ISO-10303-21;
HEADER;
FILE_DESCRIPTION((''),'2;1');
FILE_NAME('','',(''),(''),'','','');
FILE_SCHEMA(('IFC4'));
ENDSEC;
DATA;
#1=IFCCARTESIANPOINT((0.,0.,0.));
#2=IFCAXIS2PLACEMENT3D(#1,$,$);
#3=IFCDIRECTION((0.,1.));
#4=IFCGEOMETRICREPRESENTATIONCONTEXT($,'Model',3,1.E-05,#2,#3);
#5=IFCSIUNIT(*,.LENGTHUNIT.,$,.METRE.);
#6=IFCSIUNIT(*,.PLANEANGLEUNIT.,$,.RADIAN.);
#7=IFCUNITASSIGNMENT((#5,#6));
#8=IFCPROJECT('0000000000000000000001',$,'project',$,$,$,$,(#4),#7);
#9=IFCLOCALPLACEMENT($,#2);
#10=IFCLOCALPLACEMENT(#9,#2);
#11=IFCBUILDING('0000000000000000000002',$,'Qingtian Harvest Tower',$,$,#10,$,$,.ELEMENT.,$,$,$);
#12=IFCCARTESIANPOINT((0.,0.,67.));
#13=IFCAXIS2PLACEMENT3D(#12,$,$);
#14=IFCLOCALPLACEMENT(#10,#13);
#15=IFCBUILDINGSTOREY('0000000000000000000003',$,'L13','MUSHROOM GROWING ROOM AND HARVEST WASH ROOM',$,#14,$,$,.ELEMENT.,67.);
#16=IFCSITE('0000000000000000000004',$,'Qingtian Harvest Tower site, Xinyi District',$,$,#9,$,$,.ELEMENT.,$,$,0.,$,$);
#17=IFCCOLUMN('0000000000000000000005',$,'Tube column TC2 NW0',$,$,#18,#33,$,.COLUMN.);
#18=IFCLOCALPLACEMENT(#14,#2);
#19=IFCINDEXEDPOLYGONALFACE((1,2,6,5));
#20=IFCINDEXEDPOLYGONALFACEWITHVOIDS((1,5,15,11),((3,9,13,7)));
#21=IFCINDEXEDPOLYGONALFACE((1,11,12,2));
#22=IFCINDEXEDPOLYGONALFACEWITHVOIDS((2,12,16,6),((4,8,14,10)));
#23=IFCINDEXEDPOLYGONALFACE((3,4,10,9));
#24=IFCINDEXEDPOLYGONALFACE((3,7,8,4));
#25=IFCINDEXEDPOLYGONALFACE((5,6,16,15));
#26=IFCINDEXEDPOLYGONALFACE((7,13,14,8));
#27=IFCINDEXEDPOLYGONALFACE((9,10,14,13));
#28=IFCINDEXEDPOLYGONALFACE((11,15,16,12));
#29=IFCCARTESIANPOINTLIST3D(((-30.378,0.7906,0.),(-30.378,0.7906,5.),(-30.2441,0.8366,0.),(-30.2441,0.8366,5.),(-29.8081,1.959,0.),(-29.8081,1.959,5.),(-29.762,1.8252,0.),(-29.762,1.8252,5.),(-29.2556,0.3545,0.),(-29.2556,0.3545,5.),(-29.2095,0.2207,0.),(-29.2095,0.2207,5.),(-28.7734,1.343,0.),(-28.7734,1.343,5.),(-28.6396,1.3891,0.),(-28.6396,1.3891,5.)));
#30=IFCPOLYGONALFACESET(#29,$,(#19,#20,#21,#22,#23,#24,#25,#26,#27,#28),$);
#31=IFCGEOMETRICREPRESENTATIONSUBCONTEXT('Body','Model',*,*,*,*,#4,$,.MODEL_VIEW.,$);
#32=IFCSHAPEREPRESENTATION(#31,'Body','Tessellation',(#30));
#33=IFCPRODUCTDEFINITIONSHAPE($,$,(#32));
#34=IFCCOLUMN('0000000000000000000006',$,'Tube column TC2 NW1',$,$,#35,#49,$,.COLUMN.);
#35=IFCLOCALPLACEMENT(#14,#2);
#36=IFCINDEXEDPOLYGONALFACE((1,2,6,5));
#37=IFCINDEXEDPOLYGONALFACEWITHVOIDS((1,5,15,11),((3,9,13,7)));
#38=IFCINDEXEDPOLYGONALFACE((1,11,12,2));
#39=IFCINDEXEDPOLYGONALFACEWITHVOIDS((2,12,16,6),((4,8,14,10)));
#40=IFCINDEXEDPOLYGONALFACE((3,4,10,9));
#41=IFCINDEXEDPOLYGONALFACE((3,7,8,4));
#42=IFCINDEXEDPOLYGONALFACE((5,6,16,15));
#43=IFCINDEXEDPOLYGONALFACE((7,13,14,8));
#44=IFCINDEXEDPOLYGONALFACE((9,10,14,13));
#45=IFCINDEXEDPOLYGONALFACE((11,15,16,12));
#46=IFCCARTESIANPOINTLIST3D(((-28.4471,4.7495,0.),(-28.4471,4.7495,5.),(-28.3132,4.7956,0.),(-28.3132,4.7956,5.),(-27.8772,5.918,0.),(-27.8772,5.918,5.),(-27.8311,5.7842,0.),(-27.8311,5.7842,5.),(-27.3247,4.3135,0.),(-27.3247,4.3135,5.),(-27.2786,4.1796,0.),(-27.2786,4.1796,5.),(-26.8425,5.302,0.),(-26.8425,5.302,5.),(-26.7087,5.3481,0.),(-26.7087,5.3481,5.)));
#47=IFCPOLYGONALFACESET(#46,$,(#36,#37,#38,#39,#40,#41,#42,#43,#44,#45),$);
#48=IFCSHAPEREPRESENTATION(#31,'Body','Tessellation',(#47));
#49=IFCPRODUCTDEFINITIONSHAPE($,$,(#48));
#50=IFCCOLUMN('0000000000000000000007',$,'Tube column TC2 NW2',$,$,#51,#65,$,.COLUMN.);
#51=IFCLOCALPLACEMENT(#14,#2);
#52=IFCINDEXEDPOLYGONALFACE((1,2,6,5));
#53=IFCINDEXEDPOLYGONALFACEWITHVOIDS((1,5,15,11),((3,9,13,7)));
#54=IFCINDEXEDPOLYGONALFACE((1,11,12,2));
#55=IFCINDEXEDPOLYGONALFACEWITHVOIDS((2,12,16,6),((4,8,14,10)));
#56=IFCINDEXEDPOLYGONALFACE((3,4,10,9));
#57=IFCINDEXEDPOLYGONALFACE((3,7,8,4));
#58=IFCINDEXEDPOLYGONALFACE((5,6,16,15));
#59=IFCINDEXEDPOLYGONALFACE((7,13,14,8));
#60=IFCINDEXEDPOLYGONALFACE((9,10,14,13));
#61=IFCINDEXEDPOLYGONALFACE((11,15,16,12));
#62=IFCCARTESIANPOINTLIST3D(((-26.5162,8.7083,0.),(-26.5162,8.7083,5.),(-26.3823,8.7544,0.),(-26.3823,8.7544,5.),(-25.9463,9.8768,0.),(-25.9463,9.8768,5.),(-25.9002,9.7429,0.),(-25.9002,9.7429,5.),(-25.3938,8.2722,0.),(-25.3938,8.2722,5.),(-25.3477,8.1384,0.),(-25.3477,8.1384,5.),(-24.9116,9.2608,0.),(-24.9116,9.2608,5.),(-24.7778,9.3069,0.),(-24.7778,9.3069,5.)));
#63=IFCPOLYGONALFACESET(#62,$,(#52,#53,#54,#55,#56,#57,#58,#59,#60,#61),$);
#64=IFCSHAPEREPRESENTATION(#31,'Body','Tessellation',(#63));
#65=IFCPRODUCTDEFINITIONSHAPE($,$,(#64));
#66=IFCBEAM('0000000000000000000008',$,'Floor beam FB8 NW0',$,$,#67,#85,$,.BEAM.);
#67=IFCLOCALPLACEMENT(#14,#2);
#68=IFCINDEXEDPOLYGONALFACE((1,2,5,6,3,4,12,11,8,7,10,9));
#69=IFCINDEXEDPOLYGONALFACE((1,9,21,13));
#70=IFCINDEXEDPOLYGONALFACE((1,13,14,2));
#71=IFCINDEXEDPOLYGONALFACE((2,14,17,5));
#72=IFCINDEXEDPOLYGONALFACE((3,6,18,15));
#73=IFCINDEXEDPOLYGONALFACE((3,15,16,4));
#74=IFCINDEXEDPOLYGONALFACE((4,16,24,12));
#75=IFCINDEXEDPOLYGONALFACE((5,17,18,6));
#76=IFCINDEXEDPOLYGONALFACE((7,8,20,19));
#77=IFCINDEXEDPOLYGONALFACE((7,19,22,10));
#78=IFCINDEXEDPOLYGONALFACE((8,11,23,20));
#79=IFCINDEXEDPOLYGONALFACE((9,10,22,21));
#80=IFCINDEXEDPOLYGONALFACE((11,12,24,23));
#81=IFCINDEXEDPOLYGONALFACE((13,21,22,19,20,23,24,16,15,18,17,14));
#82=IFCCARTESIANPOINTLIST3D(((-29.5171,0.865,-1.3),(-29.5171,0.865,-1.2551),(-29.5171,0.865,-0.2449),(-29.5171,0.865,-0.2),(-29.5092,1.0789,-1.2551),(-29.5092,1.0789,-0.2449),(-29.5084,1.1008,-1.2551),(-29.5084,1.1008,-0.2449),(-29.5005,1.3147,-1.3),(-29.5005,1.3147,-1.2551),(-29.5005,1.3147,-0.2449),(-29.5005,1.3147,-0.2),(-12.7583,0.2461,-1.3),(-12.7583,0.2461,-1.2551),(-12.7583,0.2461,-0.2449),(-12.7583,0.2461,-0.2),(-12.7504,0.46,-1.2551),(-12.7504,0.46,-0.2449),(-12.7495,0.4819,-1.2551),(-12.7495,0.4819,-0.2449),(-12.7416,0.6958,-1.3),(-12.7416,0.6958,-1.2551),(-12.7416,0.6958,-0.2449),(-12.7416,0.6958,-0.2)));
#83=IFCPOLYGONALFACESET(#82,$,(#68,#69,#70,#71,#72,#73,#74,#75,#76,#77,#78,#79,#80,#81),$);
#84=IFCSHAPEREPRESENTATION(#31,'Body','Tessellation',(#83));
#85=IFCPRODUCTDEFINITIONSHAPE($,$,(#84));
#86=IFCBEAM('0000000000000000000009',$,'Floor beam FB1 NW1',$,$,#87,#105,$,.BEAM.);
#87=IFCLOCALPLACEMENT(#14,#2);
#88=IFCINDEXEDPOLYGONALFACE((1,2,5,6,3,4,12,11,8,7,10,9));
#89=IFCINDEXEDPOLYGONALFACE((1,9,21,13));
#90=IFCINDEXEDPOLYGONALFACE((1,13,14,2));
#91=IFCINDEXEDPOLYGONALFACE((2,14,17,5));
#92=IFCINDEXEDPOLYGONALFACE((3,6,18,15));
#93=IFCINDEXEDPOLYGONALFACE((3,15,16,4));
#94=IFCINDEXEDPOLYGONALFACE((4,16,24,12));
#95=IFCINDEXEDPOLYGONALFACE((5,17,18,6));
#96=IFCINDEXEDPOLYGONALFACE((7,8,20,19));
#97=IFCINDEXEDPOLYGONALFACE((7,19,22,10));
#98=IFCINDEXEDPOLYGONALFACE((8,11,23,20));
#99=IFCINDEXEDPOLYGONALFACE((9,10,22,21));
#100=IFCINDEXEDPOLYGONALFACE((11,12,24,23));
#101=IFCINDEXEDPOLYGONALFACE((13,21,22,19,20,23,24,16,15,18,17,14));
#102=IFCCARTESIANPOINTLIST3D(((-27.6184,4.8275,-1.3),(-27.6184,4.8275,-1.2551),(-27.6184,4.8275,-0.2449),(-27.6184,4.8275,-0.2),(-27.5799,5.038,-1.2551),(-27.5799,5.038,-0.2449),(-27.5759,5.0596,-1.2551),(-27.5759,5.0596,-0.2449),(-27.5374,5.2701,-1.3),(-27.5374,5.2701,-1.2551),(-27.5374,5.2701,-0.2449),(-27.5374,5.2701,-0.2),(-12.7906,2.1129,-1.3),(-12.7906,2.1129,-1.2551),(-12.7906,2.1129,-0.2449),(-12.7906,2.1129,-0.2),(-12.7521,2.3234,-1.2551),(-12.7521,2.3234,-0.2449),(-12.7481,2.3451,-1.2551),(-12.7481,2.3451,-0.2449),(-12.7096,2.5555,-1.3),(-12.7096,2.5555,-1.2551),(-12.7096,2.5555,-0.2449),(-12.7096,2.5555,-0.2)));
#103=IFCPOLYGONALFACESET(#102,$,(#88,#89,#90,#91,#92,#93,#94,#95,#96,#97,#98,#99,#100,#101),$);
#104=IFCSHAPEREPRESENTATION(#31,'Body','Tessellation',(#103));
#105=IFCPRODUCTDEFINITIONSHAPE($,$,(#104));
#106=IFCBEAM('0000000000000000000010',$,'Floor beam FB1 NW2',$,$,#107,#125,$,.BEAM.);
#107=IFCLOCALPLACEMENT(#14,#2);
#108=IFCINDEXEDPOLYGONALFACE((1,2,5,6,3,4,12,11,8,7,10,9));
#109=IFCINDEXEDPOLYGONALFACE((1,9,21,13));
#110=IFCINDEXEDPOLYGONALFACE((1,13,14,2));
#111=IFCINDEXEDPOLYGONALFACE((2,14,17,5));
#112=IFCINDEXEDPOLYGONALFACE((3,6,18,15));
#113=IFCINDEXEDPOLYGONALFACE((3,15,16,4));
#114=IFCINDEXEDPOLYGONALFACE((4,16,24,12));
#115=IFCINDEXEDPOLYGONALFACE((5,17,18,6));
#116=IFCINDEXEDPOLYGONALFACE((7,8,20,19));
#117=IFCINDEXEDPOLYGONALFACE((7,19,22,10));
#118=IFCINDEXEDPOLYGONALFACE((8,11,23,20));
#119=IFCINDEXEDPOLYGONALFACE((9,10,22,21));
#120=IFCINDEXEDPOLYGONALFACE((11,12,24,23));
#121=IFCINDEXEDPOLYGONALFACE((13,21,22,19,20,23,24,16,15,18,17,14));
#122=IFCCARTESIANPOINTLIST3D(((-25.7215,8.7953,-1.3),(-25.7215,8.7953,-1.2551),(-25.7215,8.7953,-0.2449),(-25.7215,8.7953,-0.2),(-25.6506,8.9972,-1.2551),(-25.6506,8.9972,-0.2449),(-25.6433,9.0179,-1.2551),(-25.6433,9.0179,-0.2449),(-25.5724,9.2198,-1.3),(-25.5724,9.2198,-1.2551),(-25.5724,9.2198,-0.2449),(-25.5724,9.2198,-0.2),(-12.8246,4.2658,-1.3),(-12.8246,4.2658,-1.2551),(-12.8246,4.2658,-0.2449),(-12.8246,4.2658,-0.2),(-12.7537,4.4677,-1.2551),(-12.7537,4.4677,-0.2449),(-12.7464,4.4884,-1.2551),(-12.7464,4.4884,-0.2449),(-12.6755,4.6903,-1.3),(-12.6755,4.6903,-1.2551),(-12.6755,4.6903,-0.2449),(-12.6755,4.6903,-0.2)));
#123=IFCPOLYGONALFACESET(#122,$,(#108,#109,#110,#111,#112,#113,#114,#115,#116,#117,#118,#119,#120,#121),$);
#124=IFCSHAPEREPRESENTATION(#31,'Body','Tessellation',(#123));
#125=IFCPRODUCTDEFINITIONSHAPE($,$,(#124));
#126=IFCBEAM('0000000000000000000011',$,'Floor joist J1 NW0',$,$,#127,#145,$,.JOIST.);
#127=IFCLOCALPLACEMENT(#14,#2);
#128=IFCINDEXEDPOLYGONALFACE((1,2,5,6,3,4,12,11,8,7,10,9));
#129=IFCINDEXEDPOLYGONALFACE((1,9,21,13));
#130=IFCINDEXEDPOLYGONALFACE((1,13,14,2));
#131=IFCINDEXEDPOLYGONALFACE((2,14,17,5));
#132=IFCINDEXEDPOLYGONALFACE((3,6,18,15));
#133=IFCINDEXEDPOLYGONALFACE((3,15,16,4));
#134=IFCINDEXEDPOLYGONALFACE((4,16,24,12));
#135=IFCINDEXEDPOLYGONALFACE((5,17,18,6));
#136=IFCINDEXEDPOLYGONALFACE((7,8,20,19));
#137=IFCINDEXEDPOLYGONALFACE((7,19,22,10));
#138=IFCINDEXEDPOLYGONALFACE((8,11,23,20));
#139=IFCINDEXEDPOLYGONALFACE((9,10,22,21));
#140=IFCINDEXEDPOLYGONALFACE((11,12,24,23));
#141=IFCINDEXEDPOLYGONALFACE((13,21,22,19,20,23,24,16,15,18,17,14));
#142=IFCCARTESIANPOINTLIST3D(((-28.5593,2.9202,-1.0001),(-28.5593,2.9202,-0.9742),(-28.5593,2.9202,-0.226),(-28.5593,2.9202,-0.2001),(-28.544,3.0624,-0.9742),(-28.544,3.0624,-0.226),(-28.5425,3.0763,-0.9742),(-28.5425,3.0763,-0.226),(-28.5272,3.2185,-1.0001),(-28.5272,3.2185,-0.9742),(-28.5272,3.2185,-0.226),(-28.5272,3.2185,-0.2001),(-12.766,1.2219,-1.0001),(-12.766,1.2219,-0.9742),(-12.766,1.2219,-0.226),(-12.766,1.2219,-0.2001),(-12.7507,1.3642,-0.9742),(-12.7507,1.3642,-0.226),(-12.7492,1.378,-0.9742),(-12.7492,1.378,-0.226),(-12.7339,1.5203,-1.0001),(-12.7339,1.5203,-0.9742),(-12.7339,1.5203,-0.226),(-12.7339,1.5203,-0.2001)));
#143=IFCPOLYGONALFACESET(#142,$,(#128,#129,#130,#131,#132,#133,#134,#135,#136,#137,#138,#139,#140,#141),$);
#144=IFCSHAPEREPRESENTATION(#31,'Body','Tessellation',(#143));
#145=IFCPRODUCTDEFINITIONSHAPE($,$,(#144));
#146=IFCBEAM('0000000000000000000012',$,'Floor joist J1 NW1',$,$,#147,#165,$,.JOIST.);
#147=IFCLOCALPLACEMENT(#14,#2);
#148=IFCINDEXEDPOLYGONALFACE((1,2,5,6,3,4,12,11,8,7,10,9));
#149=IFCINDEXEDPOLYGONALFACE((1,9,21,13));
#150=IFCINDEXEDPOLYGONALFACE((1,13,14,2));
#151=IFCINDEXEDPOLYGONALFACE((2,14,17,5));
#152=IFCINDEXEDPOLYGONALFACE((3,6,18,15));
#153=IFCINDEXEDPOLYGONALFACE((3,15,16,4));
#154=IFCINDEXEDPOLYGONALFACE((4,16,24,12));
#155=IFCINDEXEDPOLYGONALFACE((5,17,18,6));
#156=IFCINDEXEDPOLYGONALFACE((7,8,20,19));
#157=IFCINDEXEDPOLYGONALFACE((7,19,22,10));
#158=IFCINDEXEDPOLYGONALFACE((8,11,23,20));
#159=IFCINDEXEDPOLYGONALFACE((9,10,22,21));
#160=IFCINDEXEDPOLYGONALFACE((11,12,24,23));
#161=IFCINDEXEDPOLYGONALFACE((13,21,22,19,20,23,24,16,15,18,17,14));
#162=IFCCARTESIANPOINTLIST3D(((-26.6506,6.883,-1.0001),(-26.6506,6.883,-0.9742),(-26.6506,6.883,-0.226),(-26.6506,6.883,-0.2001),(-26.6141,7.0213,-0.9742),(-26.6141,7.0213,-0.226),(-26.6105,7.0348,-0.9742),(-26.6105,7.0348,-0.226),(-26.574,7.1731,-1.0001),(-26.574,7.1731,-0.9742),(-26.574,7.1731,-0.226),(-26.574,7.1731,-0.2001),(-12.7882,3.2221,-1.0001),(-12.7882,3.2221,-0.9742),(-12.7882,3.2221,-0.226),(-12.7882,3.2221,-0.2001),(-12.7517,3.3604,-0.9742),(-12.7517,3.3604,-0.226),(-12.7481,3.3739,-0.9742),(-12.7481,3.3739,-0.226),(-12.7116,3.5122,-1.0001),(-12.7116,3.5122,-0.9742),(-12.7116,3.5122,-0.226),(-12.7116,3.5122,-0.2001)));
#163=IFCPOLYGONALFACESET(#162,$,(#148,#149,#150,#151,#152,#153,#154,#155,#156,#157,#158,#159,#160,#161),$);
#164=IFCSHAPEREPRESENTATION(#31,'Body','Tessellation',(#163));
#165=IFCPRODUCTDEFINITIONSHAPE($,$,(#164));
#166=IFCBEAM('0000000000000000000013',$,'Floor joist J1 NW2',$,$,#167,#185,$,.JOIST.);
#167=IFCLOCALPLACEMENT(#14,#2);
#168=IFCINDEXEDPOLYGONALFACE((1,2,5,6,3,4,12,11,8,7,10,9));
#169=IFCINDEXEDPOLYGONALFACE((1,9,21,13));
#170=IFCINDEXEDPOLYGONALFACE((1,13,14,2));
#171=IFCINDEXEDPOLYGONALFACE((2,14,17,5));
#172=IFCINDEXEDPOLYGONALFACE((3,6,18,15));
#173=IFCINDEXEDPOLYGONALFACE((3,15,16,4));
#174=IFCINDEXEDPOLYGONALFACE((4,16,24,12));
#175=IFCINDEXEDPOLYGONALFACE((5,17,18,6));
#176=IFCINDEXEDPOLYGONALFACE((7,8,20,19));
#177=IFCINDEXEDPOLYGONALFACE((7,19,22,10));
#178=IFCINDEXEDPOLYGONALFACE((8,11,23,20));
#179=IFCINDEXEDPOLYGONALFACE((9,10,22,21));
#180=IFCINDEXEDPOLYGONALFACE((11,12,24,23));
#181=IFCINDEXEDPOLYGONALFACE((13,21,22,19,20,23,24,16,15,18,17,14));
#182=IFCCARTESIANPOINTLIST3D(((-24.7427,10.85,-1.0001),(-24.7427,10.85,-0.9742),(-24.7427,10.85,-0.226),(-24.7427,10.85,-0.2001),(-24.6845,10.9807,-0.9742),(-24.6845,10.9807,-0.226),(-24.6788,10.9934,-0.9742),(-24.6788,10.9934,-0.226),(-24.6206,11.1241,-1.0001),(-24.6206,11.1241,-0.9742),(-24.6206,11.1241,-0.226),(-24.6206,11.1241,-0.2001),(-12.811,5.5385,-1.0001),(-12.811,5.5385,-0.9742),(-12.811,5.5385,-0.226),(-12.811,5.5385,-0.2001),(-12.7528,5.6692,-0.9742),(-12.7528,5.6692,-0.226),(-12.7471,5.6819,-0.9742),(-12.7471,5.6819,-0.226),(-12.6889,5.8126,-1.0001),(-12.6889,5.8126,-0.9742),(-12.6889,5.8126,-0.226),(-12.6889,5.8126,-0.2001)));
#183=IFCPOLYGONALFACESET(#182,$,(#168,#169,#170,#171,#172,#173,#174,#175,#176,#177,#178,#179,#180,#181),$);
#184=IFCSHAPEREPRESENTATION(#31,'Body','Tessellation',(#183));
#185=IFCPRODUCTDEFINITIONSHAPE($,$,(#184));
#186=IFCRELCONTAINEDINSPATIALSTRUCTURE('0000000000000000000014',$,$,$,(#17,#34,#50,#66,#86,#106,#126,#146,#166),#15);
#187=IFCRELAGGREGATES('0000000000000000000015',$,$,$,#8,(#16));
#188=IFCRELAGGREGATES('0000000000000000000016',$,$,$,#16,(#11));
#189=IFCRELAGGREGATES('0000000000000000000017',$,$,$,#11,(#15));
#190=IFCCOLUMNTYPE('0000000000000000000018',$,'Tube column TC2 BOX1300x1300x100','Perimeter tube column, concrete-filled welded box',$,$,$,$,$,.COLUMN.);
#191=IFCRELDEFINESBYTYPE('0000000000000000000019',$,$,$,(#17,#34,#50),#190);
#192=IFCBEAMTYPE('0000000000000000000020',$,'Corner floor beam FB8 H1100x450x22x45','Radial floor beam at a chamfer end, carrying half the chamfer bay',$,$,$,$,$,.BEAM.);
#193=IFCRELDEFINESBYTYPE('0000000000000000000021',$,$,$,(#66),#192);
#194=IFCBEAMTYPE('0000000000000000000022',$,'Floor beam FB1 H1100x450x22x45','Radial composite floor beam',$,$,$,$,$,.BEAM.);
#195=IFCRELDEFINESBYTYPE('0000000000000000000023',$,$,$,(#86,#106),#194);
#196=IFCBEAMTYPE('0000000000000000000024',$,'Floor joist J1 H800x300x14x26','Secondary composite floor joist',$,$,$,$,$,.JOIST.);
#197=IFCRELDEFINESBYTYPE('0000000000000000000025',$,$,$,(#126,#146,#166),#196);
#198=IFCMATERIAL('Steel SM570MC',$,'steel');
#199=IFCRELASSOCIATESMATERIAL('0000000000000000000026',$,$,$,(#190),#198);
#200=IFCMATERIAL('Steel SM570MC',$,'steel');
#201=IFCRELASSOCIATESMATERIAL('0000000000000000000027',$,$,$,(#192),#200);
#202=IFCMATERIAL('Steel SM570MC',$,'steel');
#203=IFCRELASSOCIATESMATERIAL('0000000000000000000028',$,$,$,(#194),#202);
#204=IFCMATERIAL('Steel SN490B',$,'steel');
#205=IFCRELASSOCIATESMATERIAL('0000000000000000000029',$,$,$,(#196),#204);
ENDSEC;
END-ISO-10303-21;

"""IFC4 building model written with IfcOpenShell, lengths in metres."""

from ifc_helpers import new_model, si_unit, direction, frame, origin, origin_2d, place, context, subcontext, project, spatial, hollow_rectangle, i_section, extrude, material, material_profile, profile_set, type_object, element, save


model = new_model("IFC4")

# Units and contexts
model_context = context("Model", 3, precision=1e-05, world=origin(), true_north=direction((0.0, 1.0)))
body_context = subcontext(model_context, "Body", "Model", "MODEL_VIEW")
ifc_project = project(units=[si_unit("LENGTHUNIT", "METRE"), si_unit("PLANEANGLEUNIT", "RADIAN")], contexts=[model_context])

# Site, building, storey
site_placement = place(None, origin())
site = spatial("IfcSite", under=ifc_project, at=site_placement, Name="Qingtian Harvest Tower site, Xinyi District", CompositionType="ELEMENT", RefElevation=0.0)
building_placement = place(site_placement, origin())
building = spatial("IfcBuilding", under=site, at=building_placement, Name="Qingtian Harvest Tower", CompositionType="ELEMENT")
storey_placement = place(building_placement, frame((0.0, 0.0, 67.0)))
storey = spatial("IfcBuildingStorey", under=building, at=storey_placement, Name="L13", Description="MUSHROOM GROWING ROOM AND HARVEST WASH ROOM", CompositionType="ELEMENT", Elevation=67.0)

# Columns
ifc_material_1 = material(Name="Steel SM570MC", Category="steel")
ifc_material_profile_1 = material_profile(ifc_material_1, hollow_rectangle(XDim=1.3, YDim=1.3, WallThickness=0.1001, at=origin_2d()), Name="BOX1300x1300x100")
ifc_profile_set_1 = profile_set([ifc_material_profile_1], Name="Steel SM570MC")
column_type = type_object("IfcColumnType", Name="Tube column TC2 BOX1300x1300x100", Description="Perimeter tube column, concrete-filled welded box", PredefinedType="COLUMN", material=ifc_profile_set_1)
for number, where, z_axis, x_axis, name in (
    (1, (-29.5088, 1.0898, 0.0), (0.0, 0.0, 1.0), (-0.438371, -0.898794, 0.0), "Tube column TC2 NW0"),
    (2, (-27.5779, 5.0488, 0.0), (0.0, 0.0, 1.0), (-0.438371, -0.898794, 0.0), "Tube column TC2 NW1"),
    (3, (-25.647, 9.0076, 0.0), (0.0, 0.0, 1.0), (-0.438371, -0.898794, 0.0), "Tube column TC2 NW2"),
):
    element("IfcColumn", number, at=place(storey_placement, frame(where, z_axis=z_axis, x_axis=x_axis)), inside=storey, type_object=column_type, Name=name, PredefinedType="COLUMN", context=body_context, shape_type="SweptSolid", body=[
        extrude(hollow_rectangle(XDim=1.3, YDim=1.3, WallThickness=0.1001, at=origin_2d()), origin(), (0.0, 0.0, 1.0), 5.0),
    ])

# Beams
ifc_material_2 = material(Name="Steel SM570MC", Category="steel")
ifc_material_profile_2 = material_profile(ifc_material_2, i_section(OverallWidth=0.45, OverallDepth=1.1001, WebThickness=0.022, FlangeThickness=0.0449, at=origin_2d()), Name="H1100x450x22x45")
ifc_profile_set_2 = profile_set([ifc_material_profile_2], Name="Steel SM570MC")
beam_type_1 = type_object("IfcBeamType", Name="Corner floor beam FB8 H1100x450x22x45", Description="Radial floor beam at a chamfer end, carrying half the chamfer bay", PredefinedType="BEAM", material=ifc_profile_set_2)
beam_1_placement = place(storey_placement, frame((-29.5088, 1.0898, -0.75), z_axis=(0.999319, -0.036905, 0.0), x_axis=(0.036905, 0.999319, 0.0)))
element("IfcBeam", 4, at=beam_1_placement, inside=storey, type_object=beam_type_1, Name="Floor beam FB8 NW0", PredefinedType="BEAM", context=body_context, shape_type="SweptSolid", body=[
    extrude(i_section(OverallWidth=0.45, OverallDepth=1.1001, WebThickness=0.022, FlangeThickness=0.0449, at=origin_2d()), origin(), (0.0, 0.0, 1.0), 16.7703),
])
ifc_material_3 = material(Name="Steel SM570MC", Category="steel")
ifc_material_profile_3 = material_profile(ifc_material_3, i_section(OverallWidth=0.45, OverallDepth=1.1001, WebThickness=0.022, FlangeThickness=0.0449, at=origin_2d()), Name="H1100x450x22x45")
ifc_profile_set_3 = profile_set([ifc_material_profile_3], Name="Steel SM570MC")
beam_type_2 = type_object("IfcBeamType", Name="Floor beam FB1 H1100x450x22x45", Description="Radial composite floor beam", PredefinedType="BEAM", material=ifc_profile_set_3)
beam_2_placement = place(storey_placement, frame((-27.5779, 5.0488, -0.75), z_axis=(0.983652, -0.180081, 0.0), x_axis=(0.180081, 0.983652, 0.0)))
element("IfcBeam", 5, at=beam_2_placement, inside=storey, type_object=beam_type_2, Name="Floor beam FB1 NW1", PredefinedType="BEAM", context=body_context, shape_type="SweptSolid", body=[
    extrude(i_section(OverallWidth=0.45, OverallDepth=1.1001, WebThickness=0.022, FlangeThickness=0.0449, at=origin_2d()), origin(), (0.0, 0.0, 1.0), 15.0742),
])
beam_3_placement = place(storey_placement, frame((-25.647, 9.0076, -0.75), z_axis=(0.943502, -0.331367, 0.0), x_axis=(0.331367, 0.943502, 0.0)))
element("IfcBeam", 6, at=beam_3_placement, inside=storey, type_object=beam_type_2, Name="Floor beam FB1 NW2", PredefinedType="BEAM", context=body_context, shape_type="SweptSolid", body=[
    extrude(i_section(OverallWidth=0.45, OverallDepth=1.1001, WebThickness=0.022, FlangeThickness=0.0449, at=origin_2d()), origin(), (0.0, 0.0, 1.0), 13.6692),
])
ifc_material_4 = material(Name="Steel SN490B", Category="steel")
ifc_material_profile_4 = material_profile(ifc_material_4, i_section(OverallWidth=0.3, OverallDepth=0.8, WebThickness=0.0139, FlangeThickness=0.0259, at=origin_2d()), Name="H800x300x14x26")
ifc_profile_set_4 = profile_set([ifc_material_profile_4], Name="Steel SN490B")
beam_type_3 = type_object("IfcBeamType", Name="Floor joist J1 H800x300x14x26", Description="Secondary composite floor joist", PredefinedType="JOIST", material=ifc_profile_set_4)
beam_4_placement = place(storey_placement, frame((-28.5432, 3.0693, -0.6001), z_axis=(0.994268, -0.106914, 0.0), x_axis=(0.106914, 0.994268, 0.0)))
element("IfcBeam", 7, at=beam_4_placement, inside=storey, type_object=beam_type_3, Name="Floor joist J1 NW0", PredefinedType="JOIST", context=body_context, shape_type="SweptSolid", body=[
    extrude(i_section(OverallWidth=0.3, OverallDepth=0.8, WebThickness=0.0139, FlangeThickness=0.0259, at=origin_2d()), origin(), (0.0, 0.0, 1.0), 15.8843),
])
beam_5_placement = place(storey_placement, frame((-26.6123, 7.0281, -0.6001), z_axis=(0.966852, -0.255336, 0.0), x_axis=(0.255336, 0.966852, 0.0)))
element("IfcBeam", 8, at=beam_5_placement, inside=storey, type_object=beam_type_3, Name="Floor joist J1 NW1", PredefinedType="JOIST", context=body_context, shape_type="SweptSolid", body=[
    extrude(i_section(OverallWidth=0.3, OverallDepth=0.8, WebThickness=0.0139, FlangeThickness=0.0259, at=origin_2d()), origin(), (0.0, 0.0, 1.0), 14.3376),
])
beam_6_placement = place(storey_placement, frame((-24.6816, 10.9871, -0.6001), z_axis=(0.913568, -0.406686, 0.0), x_axis=(0.406686, 0.913568, 0.0)))
element("IfcBeam", 9, at=beam_6_placement, inside=storey, type_object=beam_type_3, Name="Floor joist J1 NW2", PredefinedType="JOIST", context=body_context, shape_type="SweptSolid", body=[
    extrude(i_section(OverallWidth=0.3, OverallDepth=0.8, WebThickness=0.0139, FlangeThickness=0.0259, at=origin_2d()), origin(), (0.0, 0.0, 1.0), 13.0605),
])

save(model, "model.ifc")
